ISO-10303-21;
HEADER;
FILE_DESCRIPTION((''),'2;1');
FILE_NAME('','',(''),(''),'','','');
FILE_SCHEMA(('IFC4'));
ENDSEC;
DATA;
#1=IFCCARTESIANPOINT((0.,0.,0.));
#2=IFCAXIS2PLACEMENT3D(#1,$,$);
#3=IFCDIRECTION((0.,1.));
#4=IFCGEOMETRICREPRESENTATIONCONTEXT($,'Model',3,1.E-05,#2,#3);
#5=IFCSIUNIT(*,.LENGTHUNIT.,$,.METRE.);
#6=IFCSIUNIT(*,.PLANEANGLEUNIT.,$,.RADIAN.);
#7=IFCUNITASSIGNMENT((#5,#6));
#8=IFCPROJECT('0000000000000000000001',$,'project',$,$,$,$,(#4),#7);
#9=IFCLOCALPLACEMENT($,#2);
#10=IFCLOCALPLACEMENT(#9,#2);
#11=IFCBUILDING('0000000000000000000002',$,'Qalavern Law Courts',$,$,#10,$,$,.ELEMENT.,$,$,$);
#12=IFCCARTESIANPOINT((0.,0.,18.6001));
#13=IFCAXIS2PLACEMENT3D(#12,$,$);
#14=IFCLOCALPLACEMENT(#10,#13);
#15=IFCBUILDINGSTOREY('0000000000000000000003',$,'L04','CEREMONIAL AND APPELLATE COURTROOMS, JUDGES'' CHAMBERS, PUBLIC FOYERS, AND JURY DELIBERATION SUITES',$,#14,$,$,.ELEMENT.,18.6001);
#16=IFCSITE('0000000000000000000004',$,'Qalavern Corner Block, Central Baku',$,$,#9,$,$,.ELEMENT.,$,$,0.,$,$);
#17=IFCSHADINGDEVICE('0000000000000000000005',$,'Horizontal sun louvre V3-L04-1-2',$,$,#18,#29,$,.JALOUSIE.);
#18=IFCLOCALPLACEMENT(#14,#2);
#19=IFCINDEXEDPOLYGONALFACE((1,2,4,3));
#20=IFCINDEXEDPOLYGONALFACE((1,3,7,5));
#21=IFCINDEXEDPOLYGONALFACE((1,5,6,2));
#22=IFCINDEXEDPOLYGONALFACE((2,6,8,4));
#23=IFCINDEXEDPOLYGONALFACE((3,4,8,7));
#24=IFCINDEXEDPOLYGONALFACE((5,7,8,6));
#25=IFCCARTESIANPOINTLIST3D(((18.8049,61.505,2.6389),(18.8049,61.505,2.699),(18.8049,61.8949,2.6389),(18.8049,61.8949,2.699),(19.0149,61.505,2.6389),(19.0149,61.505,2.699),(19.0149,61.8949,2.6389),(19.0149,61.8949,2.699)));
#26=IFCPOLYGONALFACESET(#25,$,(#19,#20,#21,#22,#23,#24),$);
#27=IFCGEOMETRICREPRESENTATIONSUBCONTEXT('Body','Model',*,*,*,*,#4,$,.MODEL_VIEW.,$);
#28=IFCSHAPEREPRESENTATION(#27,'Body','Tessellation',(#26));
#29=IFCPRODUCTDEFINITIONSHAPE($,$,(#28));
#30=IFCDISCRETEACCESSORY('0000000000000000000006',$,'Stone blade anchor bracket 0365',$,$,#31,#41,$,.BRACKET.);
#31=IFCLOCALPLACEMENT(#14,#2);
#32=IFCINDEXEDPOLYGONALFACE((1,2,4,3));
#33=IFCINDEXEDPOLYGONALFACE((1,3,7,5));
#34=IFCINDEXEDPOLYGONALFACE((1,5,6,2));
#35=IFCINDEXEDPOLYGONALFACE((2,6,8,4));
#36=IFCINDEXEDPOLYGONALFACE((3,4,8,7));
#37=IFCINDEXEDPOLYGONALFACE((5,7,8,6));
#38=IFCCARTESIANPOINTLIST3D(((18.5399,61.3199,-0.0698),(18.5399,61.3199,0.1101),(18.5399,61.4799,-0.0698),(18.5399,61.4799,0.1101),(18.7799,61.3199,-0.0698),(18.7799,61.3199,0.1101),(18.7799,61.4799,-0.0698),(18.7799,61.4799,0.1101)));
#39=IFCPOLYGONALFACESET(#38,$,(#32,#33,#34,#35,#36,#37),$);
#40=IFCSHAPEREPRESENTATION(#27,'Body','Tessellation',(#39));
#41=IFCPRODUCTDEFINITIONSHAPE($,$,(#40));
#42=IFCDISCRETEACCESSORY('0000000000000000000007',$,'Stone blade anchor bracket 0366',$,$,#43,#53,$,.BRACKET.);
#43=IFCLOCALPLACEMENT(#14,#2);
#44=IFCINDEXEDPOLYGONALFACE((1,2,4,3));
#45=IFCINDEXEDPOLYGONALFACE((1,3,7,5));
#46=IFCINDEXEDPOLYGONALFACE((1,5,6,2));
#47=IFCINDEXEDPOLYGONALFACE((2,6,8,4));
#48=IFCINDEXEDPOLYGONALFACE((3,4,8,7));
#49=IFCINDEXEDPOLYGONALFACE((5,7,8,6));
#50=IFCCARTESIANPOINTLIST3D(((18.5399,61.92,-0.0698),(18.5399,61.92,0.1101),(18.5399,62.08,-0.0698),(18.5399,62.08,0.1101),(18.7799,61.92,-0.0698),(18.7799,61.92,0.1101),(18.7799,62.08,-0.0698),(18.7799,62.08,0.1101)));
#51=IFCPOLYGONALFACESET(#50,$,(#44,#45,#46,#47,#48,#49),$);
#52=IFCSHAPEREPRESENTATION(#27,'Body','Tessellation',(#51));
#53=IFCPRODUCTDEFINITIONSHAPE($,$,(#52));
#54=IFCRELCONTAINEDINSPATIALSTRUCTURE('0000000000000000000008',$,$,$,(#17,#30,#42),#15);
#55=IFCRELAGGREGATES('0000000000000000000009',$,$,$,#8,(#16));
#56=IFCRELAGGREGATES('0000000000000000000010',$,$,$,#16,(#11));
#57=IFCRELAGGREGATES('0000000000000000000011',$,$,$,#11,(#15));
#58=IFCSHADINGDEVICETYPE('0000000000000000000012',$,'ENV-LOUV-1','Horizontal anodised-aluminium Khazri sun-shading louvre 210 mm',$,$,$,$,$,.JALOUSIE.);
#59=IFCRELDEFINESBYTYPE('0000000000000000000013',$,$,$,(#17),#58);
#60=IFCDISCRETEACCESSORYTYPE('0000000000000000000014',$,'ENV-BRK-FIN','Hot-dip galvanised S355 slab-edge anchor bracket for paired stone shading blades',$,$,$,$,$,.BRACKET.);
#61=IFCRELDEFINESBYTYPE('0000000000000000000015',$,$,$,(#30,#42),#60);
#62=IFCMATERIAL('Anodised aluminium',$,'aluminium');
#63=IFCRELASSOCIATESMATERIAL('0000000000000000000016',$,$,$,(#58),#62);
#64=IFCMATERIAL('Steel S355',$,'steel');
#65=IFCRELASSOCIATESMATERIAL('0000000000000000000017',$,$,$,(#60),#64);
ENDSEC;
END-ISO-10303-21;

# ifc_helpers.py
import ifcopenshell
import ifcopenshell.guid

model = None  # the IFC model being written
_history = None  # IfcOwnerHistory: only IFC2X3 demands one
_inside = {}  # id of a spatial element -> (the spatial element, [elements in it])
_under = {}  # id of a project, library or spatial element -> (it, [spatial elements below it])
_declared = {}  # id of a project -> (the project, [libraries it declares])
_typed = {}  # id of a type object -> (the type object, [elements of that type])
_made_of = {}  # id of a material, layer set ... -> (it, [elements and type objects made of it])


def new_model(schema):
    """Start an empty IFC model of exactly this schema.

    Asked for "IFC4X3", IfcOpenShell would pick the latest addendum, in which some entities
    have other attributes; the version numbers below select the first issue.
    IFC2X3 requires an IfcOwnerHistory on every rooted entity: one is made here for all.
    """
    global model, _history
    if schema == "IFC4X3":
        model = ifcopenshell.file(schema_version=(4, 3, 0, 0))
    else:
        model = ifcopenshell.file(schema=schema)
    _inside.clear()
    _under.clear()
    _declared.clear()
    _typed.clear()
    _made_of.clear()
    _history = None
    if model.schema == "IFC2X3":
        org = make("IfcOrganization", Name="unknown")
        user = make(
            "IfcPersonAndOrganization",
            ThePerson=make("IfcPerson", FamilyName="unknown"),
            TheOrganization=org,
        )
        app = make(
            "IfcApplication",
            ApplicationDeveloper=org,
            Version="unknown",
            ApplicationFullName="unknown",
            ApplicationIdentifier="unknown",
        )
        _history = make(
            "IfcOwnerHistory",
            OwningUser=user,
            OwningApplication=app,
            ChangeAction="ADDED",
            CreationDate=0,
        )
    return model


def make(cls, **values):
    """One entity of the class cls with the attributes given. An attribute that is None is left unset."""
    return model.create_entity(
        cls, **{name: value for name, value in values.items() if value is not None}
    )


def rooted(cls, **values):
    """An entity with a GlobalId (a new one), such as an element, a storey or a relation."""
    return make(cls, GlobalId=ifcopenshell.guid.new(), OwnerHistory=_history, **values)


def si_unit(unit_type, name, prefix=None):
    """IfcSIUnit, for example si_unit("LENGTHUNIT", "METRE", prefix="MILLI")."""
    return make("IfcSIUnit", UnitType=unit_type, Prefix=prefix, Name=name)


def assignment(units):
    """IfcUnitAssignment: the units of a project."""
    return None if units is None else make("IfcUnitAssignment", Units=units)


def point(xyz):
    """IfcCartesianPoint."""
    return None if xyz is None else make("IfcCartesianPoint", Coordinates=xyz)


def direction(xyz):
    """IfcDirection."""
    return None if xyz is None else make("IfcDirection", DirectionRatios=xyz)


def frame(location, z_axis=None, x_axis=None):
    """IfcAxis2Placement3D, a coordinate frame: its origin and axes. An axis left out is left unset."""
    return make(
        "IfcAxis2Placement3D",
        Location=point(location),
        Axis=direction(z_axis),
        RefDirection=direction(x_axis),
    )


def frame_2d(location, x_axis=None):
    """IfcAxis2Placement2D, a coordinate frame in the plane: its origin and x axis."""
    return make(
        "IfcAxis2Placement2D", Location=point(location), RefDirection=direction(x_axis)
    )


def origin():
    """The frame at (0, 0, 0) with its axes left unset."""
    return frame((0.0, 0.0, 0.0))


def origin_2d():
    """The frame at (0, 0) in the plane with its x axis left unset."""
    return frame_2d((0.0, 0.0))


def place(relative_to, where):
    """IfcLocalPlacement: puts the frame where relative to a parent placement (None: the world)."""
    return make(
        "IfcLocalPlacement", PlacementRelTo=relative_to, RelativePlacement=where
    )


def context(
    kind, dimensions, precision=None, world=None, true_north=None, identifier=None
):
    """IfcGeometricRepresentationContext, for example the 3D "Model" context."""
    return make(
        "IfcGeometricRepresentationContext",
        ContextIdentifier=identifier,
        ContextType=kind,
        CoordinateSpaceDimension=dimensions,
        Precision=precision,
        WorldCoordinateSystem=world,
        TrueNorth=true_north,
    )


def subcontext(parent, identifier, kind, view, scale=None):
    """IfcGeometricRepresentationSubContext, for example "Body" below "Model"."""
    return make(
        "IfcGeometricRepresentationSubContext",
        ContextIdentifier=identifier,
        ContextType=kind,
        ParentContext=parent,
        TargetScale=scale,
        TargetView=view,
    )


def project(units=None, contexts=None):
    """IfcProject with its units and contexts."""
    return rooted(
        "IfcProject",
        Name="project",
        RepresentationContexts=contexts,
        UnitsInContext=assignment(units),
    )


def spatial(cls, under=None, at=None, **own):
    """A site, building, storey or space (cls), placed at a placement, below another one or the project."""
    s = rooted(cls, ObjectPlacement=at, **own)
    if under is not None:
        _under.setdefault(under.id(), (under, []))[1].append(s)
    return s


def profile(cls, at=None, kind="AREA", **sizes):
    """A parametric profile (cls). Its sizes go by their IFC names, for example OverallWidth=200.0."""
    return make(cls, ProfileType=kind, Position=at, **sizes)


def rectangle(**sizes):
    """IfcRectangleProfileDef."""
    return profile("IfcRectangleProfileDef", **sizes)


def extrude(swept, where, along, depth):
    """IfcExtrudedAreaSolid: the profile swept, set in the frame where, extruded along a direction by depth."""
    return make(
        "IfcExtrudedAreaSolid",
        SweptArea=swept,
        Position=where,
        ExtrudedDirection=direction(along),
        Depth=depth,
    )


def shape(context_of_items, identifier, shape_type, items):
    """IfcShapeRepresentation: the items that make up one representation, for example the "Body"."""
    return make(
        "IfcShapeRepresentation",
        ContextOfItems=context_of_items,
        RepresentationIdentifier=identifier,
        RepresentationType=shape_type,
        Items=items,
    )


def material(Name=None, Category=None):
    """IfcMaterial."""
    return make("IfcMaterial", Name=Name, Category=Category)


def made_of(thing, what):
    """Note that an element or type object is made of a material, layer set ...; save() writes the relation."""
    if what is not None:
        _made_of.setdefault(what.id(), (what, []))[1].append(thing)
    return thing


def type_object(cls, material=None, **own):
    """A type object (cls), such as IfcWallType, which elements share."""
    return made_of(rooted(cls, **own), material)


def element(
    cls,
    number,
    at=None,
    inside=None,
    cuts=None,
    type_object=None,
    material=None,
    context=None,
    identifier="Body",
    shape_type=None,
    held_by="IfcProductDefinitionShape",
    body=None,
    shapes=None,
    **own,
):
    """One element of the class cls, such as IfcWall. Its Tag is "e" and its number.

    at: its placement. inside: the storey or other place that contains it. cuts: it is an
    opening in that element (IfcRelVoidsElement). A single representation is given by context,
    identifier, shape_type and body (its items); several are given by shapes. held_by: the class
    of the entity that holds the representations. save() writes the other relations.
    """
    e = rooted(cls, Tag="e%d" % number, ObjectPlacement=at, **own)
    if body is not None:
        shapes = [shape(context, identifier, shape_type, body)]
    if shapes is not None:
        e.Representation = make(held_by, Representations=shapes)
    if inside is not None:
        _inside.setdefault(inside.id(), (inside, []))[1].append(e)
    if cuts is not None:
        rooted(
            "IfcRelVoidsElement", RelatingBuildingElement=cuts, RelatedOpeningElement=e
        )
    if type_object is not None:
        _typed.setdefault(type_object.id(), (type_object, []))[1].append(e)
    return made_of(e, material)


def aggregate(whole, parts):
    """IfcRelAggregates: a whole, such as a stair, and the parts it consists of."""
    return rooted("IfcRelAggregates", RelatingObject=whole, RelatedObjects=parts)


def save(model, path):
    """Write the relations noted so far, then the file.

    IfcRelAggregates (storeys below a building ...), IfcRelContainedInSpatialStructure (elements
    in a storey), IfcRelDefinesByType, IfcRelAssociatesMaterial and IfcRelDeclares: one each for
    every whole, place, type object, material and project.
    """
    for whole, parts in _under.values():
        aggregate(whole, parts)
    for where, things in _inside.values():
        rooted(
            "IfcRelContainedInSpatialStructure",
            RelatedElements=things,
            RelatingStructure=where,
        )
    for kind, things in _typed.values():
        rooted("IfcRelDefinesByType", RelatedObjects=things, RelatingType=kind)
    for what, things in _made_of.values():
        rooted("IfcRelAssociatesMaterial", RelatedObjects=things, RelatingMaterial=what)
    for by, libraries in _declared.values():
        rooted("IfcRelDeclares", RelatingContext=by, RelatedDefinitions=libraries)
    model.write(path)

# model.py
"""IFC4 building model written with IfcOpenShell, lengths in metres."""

from ifc_helpers import new_model, si_unit, direction, frame, origin, origin_2d, place, context, subcontext, project, spatial, rectangle, extrude, material, type_object, element, save


model = new_model("IFC4")

# Units and contexts
model_context = context("Model", 3, precision=1e-05, world=origin(), true_north=direction((0.0, 1.0)))
body_context = subcontext(model_context, "Body", "Model", "MODEL_VIEW")
ifc_project = project(units=[si_unit("LENGTHUNIT", "METRE"), si_unit("PLANEANGLEUNIT", "RADIAN")], contexts=[model_context])

# Site, building, storey
site_placement = place(None, origin())
site = spatial("IfcSite", under=ifc_project, at=site_placement, Name="Qalavern Corner Block, Central Baku", CompositionType="ELEMENT", RefElevation=0.0)
building_placement = place(site_placement, origin())
building = spatial("IfcBuilding", under=site, at=building_placement, Name="Qalavern Law Courts", CompositionType="ELEMENT")
storey_placement = place(building_placement, frame((0.0, 0.0, 18.6001)))
storey = spatial("IfcBuildingStorey", under=building, at=storey_placement, Name="L04", Description="CEREMONIAL AND APPELLATE COURTROOMS, JUDGES' CHAMBERS, PUBLIC FOYERS, AND JURY DELIBERATION SUITES", CompositionType="ELEMENT", Elevation=18.6001)

# Shared definitions
ifc_material_1 = material(Name="Anodised aluminium", Category="aluminium")

# Shared definitions
ifc_material_2 = material(Name="Steel S355", Category="steel")

# Shading device
shading_device_type = type_object("IfcShadingDeviceType", Name="ENV-LOUV-1", Description="Horizontal anodised-aluminium Khazri sun-shading louvre 210 mm", PredefinedType="JALOUSIE", material=ifc_material_1)
for number, where, z_axis, x_axis, name in (
    (1, (18.9099, 61.7, 2.6389), (0.0, 0.0, 1.0), (0.0, 1.0, 0.0), "Horizontal sun louvre V3-L04-1-2"),
):
    element("IfcShadingDevice", number, at=place(storey_placement, frame(where, z_axis=z_axis, x_axis=x_axis)), inside=storey, type_object=shading_device_type, Name=name, PredefinedType="JALOUSIE", context=body_context, shape_type="SweptSolid", body=[
        extrude(rectangle(XDim=0.3899, YDim=0.21, at=origin_2d()), origin(), (0.0, 0.0, 1.0), 0.0601),
    ])

# Discrete accessories
discrete_accessory_type = type_object("IfcDiscreteAccessoryType", Name="ENV-BRK-FIN", Description="Hot-dip galvanised S355 slab-edge anchor bracket for paired stone shading blades", PredefinedType="BRACKET", material=ifc_material_2)
for number, where, z_axis, x_axis, name in (
    (2, (18.6599, 61.3999, -0.0698), (0.0, 0.0, 1.0), (1.0, 0.0, 0.0), "Stone blade anchor bracket 0365"),
    (3, (18.6599, 62.0, -0.0698), (0.0, 0.0, 1.0), (1.0, 0.0, 0.0), "Stone blade anchor bracket 0366"),
):
    element("IfcDiscreteAccessory", number, at=place(storey_placement, frame(where, z_axis=z_axis, x_axis=x_axis)), inside=storey, type_object=discrete_accessory_type, Name=name, PredefinedType="BRACKET", context=body_context, shape_type="SweptSolid", body=[
        extrude(rectangle(XDim=0.24, YDim=0.1599, at=origin_2d()), origin(), (0.0, 0.0, 1.0), 0.1799),
    ])

save(model, "model.ifc")
